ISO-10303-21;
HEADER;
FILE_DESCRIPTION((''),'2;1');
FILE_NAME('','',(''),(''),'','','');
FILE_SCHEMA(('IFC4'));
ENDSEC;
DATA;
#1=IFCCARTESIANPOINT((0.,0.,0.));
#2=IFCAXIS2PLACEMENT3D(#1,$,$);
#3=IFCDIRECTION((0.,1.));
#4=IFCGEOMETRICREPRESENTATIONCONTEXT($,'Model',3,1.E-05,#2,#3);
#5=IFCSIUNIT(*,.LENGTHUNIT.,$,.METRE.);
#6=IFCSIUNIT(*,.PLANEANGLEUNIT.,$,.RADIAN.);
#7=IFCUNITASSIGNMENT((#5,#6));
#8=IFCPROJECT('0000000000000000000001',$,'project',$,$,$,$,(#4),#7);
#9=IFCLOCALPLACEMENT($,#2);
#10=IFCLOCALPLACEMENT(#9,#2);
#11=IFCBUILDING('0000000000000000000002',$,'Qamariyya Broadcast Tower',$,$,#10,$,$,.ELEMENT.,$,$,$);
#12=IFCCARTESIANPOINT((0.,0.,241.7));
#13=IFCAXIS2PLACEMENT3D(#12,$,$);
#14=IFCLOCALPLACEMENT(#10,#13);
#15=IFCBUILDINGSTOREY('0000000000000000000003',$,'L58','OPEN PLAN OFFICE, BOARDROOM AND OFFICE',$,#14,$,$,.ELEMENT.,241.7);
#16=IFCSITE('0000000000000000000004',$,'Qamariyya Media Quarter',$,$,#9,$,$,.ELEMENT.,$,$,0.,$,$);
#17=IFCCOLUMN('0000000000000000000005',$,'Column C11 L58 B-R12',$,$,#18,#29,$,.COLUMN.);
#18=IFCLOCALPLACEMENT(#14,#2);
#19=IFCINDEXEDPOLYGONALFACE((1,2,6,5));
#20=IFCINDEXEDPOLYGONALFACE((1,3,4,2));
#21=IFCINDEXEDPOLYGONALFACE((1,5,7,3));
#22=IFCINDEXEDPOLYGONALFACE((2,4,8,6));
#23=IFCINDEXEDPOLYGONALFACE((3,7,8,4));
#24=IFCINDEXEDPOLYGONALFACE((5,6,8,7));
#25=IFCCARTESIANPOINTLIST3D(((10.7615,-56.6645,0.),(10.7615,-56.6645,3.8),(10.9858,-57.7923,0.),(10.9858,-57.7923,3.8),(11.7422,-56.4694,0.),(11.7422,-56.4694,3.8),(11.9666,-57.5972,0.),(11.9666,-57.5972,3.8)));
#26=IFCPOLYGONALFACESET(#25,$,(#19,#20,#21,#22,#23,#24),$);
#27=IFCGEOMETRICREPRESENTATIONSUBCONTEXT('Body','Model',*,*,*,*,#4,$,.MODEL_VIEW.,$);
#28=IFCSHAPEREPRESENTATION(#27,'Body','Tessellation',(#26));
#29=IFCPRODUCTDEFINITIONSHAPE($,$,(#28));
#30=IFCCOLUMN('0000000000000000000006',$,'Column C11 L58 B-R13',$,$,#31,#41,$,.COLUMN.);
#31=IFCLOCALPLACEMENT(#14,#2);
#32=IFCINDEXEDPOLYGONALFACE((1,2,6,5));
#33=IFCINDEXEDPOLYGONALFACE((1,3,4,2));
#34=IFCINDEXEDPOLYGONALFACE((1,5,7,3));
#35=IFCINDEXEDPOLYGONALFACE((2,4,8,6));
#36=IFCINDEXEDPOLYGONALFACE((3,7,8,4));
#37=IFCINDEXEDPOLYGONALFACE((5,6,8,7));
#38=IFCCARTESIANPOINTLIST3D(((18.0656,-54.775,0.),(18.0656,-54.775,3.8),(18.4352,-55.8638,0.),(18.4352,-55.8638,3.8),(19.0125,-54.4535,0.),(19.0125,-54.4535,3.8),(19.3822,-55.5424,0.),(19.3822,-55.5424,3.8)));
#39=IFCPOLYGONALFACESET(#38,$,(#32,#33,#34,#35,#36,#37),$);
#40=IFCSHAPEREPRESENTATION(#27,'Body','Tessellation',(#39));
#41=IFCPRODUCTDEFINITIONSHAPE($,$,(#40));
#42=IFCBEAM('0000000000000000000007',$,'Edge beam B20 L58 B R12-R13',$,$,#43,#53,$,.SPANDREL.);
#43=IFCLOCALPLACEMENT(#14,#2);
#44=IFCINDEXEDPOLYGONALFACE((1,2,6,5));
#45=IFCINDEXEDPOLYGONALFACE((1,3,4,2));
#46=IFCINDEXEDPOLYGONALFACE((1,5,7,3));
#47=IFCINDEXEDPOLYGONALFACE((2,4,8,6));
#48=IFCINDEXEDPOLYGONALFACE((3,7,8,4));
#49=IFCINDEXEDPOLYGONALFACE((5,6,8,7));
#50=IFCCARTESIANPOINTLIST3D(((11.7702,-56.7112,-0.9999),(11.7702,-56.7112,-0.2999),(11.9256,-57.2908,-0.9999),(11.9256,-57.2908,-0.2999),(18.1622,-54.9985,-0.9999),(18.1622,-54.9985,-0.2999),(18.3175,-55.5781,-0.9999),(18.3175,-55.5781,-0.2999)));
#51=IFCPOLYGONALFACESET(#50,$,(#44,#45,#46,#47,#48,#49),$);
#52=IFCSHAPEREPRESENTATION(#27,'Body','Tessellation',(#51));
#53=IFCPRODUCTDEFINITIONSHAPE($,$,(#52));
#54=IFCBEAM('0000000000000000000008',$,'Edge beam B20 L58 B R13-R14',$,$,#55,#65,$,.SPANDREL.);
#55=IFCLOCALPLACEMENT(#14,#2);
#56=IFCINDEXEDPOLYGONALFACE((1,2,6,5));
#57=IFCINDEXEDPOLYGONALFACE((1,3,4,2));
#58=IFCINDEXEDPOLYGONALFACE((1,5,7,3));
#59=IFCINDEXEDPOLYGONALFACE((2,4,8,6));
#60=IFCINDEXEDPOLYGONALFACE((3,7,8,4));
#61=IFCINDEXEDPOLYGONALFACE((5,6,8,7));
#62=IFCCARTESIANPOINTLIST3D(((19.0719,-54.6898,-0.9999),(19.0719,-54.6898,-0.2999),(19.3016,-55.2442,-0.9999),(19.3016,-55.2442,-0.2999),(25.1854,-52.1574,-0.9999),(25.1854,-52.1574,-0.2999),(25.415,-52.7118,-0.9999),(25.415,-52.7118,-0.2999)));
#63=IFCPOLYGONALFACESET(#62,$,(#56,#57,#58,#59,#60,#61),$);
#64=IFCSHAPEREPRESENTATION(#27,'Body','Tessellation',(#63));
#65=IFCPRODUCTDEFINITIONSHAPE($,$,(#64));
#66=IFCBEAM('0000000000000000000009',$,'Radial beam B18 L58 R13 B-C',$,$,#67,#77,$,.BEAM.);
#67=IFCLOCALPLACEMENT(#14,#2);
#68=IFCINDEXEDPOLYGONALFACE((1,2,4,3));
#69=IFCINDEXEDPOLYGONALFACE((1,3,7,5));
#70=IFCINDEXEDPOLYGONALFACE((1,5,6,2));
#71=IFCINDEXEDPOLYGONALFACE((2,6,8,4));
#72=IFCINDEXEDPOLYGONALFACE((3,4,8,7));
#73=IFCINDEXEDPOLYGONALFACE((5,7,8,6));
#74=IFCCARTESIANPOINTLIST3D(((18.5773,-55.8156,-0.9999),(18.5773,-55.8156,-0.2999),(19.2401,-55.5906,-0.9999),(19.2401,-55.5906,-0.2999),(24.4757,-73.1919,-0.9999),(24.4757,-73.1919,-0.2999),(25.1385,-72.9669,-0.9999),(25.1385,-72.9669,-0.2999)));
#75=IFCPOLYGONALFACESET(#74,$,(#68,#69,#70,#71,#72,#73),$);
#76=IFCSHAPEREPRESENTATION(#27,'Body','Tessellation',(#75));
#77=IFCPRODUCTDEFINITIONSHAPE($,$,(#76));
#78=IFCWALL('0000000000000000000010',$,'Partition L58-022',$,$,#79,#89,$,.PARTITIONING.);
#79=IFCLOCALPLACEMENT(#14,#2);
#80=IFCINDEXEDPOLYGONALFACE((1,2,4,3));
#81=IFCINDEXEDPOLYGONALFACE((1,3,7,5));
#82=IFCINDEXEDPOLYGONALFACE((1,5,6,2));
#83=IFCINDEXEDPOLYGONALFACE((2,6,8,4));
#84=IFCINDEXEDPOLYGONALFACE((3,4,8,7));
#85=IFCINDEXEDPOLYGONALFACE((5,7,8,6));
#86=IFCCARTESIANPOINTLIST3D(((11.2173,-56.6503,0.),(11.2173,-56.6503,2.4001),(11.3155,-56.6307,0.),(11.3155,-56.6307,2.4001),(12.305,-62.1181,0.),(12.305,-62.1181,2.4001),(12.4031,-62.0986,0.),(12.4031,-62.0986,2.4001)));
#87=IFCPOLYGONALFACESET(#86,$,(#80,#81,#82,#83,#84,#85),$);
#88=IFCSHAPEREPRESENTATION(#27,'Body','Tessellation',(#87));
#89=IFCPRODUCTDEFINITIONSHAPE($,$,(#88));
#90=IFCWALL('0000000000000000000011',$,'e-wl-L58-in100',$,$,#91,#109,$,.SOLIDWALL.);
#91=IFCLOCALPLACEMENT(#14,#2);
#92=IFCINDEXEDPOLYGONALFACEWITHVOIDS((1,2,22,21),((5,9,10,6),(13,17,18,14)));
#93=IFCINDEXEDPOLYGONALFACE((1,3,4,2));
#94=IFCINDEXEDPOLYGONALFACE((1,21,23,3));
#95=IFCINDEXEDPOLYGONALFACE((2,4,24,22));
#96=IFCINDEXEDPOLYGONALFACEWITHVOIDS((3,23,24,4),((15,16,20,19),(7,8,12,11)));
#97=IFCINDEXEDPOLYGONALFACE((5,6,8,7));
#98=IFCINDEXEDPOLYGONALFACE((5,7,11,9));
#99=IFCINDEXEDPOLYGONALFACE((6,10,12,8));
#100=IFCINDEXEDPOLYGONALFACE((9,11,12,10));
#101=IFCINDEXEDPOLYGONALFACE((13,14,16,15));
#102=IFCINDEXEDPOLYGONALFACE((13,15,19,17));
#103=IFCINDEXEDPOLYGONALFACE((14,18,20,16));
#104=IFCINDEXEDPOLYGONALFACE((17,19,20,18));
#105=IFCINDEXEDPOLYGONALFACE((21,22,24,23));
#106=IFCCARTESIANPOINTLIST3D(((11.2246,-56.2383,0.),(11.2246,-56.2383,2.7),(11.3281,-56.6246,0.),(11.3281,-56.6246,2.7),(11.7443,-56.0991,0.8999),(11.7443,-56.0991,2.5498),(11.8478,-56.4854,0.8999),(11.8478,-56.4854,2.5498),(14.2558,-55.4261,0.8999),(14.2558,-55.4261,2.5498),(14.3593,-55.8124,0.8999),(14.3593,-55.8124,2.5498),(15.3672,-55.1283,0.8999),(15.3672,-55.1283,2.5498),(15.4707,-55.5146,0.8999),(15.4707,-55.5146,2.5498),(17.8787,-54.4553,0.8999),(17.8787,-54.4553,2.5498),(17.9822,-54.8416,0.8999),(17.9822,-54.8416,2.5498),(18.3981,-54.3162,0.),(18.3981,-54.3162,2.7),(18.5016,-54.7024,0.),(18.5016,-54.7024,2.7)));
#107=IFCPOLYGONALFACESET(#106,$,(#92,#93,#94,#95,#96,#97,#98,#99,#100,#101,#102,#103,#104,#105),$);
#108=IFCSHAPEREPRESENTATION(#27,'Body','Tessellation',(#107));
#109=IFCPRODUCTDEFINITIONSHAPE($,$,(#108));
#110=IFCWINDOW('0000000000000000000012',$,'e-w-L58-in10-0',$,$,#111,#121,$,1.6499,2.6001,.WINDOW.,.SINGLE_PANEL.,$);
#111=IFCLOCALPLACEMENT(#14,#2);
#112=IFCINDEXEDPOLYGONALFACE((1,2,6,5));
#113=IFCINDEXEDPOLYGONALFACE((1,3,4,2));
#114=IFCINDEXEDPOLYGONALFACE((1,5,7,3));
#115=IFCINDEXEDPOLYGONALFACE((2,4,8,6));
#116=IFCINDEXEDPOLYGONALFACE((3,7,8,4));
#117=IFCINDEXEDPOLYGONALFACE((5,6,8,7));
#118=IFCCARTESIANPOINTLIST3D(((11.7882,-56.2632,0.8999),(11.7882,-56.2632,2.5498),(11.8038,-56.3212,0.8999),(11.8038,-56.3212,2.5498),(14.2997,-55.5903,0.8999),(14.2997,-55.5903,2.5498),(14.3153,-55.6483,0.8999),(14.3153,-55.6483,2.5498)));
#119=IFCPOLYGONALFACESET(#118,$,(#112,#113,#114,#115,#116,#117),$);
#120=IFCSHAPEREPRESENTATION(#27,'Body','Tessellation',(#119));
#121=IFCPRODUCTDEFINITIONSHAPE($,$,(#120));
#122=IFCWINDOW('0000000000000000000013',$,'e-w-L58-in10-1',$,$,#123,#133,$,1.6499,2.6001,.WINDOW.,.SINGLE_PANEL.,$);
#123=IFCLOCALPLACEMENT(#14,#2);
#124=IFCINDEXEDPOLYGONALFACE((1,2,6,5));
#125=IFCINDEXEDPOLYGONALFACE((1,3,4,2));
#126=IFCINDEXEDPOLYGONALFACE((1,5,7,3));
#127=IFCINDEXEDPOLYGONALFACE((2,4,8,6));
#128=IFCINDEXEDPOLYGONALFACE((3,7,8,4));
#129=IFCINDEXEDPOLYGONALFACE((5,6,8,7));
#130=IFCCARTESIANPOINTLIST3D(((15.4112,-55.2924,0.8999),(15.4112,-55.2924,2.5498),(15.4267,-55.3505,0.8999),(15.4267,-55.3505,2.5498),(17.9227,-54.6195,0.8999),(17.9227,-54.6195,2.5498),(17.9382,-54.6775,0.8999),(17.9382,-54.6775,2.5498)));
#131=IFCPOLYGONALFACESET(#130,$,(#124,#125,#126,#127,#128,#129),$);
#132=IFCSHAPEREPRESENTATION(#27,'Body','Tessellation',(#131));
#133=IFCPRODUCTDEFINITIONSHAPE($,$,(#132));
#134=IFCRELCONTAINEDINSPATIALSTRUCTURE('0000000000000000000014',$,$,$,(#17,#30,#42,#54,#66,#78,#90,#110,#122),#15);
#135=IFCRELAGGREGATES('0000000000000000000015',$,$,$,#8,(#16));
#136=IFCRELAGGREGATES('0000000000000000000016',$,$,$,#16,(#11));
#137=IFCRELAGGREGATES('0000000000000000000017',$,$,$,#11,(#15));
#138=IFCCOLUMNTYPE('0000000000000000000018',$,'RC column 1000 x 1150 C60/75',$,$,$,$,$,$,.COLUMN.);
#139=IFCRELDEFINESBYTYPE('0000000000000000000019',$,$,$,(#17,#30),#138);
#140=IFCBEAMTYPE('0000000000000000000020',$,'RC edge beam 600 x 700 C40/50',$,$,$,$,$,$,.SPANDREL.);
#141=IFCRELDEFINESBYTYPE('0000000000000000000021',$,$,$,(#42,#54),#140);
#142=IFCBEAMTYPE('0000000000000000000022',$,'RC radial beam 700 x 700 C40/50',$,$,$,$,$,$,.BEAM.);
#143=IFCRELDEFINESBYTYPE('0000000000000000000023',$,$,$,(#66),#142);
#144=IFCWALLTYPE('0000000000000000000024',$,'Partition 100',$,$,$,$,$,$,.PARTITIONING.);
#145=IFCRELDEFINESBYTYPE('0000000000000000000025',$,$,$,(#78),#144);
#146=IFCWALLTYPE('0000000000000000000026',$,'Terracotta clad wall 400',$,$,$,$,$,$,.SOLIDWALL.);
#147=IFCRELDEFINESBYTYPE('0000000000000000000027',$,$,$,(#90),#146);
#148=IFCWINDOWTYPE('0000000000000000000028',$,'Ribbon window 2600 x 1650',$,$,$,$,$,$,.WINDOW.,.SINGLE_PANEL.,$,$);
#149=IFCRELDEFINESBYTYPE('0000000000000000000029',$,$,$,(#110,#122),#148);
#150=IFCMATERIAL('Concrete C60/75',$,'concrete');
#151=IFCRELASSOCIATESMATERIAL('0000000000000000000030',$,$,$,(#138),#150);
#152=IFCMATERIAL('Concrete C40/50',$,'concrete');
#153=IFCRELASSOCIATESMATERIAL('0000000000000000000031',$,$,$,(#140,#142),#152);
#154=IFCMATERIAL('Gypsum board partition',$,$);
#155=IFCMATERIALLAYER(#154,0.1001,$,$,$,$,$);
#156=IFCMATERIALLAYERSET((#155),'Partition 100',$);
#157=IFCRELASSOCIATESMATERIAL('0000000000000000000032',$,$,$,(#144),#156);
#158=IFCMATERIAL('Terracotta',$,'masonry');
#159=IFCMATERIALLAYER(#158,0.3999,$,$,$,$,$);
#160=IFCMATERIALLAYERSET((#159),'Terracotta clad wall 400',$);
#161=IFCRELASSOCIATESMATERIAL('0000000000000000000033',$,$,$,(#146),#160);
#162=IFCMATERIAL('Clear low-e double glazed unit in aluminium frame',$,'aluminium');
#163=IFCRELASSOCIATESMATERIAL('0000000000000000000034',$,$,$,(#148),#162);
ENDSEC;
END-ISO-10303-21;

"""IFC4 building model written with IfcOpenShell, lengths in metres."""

from ifc_helpers import new_model, si_unit, direction, frame, frame_2d, origin, origin_2d, place, context, subcontext, project, spatial, rectangle, extrude, material, layer, layer_set, material_profile, profile_set, type_object, element, fill, save


model = new_model("IFC4")

# Units and contexts
model_context = context("Model", 3, precision=1e-05, world=origin(), true_north=direction((0.0, 1.0)))
body_context = subcontext(model_context, "Body", "Model", "MODEL_VIEW")
ifc_project = project(units=[si_unit("LENGTHUNIT", "METRE"), si_unit("PLANEANGLEUNIT", "RADIAN")], contexts=[model_context])

# Site, building, storey
site_placement = place(None, origin())
site = spatial("IfcSite", under=ifc_project, at=site_placement, Name="Qamariyya Media Quarter", CompositionType="ELEMENT", RefElevation=0.0)
building_placement = place(site_placement, origin())
building = spatial("IfcBuilding", under=site, at=building_placement, Name="Qamariyya Broadcast Tower", CompositionType="ELEMENT")
storey_placement = place(building_placement, frame((0.0, 0.0, 241.7)))
storey = spatial("IfcBuildingStorey", under=building, at=storey_placement, Name="L58", Description="OPEN PLAN OFFICE, BOARDROOM AND OFFICE", CompositionType="ELEMENT", Elevation=241.7)

# Columns
ifc_material_1 = material(Name="Concrete C60/75", Category="concrete")
ifc_material_profile_1 = material_profile(ifc_material_1, rectangle(XDim=1.0, YDim=1.1499, at=origin_2d()))
ifc_profile_set_1 = profile_set([ifc_material_profile_1], Name="Concrete C60/75")
column_type = type_object("IfcColumnType", Name="RC column 1000 x 1150 C60/75", PredefinedType="COLUMN", material=ifc_profile_set_1)
for number, where, z_axis, x_axis, name in (
    (1, (11.364, -57.1309, 0.0), (0.0, 0.0, 1.0), (0.980785, 0.19509, 0.0), "Column C11 L58 B-R12"),
    (2, (18.7239, -55.1587, 0.0), (0.0, 0.0, 1.0), (0.94693, 0.321439, 0.0), "Column C11 L58 B-R13"),
):
    element("IfcColumn", number, at=place(storey_placement, frame(where, z_axis=z_axis, x_axis=x_axis)), inside=storey, type_object=column_type, Name=name, PredefinedType="COLUMN", context=body_context, shape_type="SweptSolid", body=[
        extrude(rectangle(XDim=1.0, YDim=1.1499, at=origin_2d()), origin(), (0.0, 0.0, 1.0), 3.8),
    ])

# Beams
ifc_material_2 = material(Name="Concrete C40/50", Category="concrete")
ifc_material_profile_2 = material_profile(ifc_material_2, rectangle(XDim=0.6001, YDim=0.7, at=origin_2d()))
ifc_profile_set_2 = profile_set([ifc_material_profile_2], Name="Concrete C40/50")
beam_type_1 = type_object("IfcBeamType", Name="RC edge beam 600 x 700 C40/50", PredefinedType="SPANDREL", material=ifc_profile_set_2)
beam_1_placement = place(storey_placement, frame((11.8479, -57.001, -0.6499), z_axis=(0.965927, 0.258813, 0.0), x_axis=(-0.258813, 0.965927, 0.0)))
element("IfcBeam", 3, at=beam_1_placement, inside=storey, type_object=beam_type_1, Name="Edge beam B20 L58 B R12-R13", PredefinedType="SPANDREL", context=body_context, shape_type="SweptSolid", body=[
    extrude(rectangle(XDim=0.6001, YDim=0.7, at=origin_2d()), origin(), (0.0, 0.0, 1.0), 6.6174),
])
beam_2_placement = place(storey_placement, frame((19.1868, -54.967, -0.6499), z_axis=(0.923871, 0.382705, 0.0), x_axis=(-0.382705, 0.923871, 0.0)))
element("IfcBeam", 4, at=beam_2_placement, inside=storey, type_object=beam_type_1, Name="Edge beam B20 L58 B R13-R14", PredefinedType="SPANDREL", context=body_context, shape_type="SweptSolid", body=[
    extrude(rectangle(XDim=0.6001, YDim=0.7, at=origin_2d()), origin(), (0.0, 0.0, 1.0), 6.6172),
])
ifc_material_profile_3 = material_profile(ifc_material_2, rectangle(XDim=0.7, YDim=0.7, at=origin_2d()))
ifc_profile_set_3 = profile_set([ifc_material_profile_3], Name="Concrete C40/50")
beam_type_2 = type_object("IfcBeamType", Name="RC radial beam 700 x 700 C40/50", PredefinedType="BEAM", material=ifc_profile_set_3)
beam_3_placement = place(storey_placement, frame((18.9087, -55.7031, -0.6499), z_axis=(0.32144, -0.94693, 0.0), x_axis=(0.94693, 0.32144, 0.0)))
element("IfcBeam", 5, at=beam_3_placement, inside=storey, type_object=beam_type_2, Name="Radial beam B18 L58 R13 B-C", PredefinedType="BEAM", context=body_context, shape_type="SweptSolid", body=[
    extrude(rectangle(XDim=0.7, YDim=0.7, at=origin_2d()), origin(), (0.0, 0.0, 1.0), 18.3501),
])

# Wall
ifc_material_3 = material(Name="Gypsum board partition")
ifc_layer_1 = layer(ifc_material_3, 0.1001)
ifc_layer_set_1 = layer_set([ifc_layer_1], Name="Partition 100")
wall_type_1 = type_object("IfcWallType", Name="Partition 100", PredefinedType="PARTITIONING", material=ifc_layer_set_1)
wall_1_placement = place(storey_placement, frame((11.2664, -56.6404, 0.0), z_axis=(0.0, 0.0, 1.0), x_axis=(0.195097, -0.980784, 0.0)))
element("IfcWall", 6, at=wall_1_placement, inside=storey, type_object=wall_type_1, Name="Partition L58-022", PredefinedType="PARTITIONING", context=body_context, shape_type="SweptSolid", body=[
    extrude(rectangle(XDim=5.575, YDim=0.1001, at=frame_2d((2.7876, 0.0))), origin(), (0.0, 0.0, 1.0), 2.4001),
])

# Wall, openings, windows
ifc_material_4 = material(Name="Terracotta", Category="masonry")
ifc_layer_2 = layer(ifc_material_4, 0.3999)
ifc_layer_set_2 = layer_set([ifc_layer_2], Name="Terracotta clad wall 400")
wall_type_2 = type_object("IfcWallType", Name="Terracotta clad wall 400", PredefinedType="SOLIDWALL", material=ifc_layer_set_2)
wall_2_placement = place(storey_placement, frame((18.45, -54.5093, 0.0), z_axis=(0.0, 0.0, 1.0), x_axis=(-0.965925, -0.258823, 0.0)))
wall_2 = element("IfcWall", 7, at=wall_2_placement, inside=storey, type_object=wall_type_2, Name="e-wl-L58-in100", PredefinedType="SOLIDWALL", context=body_context, shape_type="SweptSolid", body=[
    extrude(rectangle(XDim=7.4265, YDim=0.3999, at=frame_2d((3.7134, 0.0))), origin(), (0.0, 0.0, 1.0), 2.7),
])
opening_1_placement = place(wall_2_placement, frame((4.2886, 0.0, 0.8999)))
opening_1 = element("IfcOpeningElement", 8, at=opening_1_placement, cuts=wall_2, PredefinedType="OPENING", context=body_context, shape_type="SweptSolid", body=[
    extrude(rectangle(XDim=2.6001, YDim=1.6499, at=frame_2d((1.3, 0.825))), frame((0.0, 0.21, 0.0), z_axis=(0.0, -1.0, 0.0), x_axis=(1.0, 0.0, 0.0)), (0.0, 0.0, 1.0), 0.4199),
])
opening_2_placement = place(wall_2_placement, frame((0.5378, 0.0, 0.8999)))
opening_2 = element("IfcOpeningElement", 9, at=opening_2_placement, cuts=wall_2, PredefinedType="OPENING", context=body_context, shape_type="SweptSolid", body=[
    extrude(rectangle(XDim=2.6001, YDim=1.6499, at=frame_2d((1.3, 0.825))), frame((0.0, 0.21, 0.0), z_axis=(0.0, -1.0, 0.0), x_axis=(1.0, 0.0, 0.0)), (0.0, 0.0, 1.0), 0.4199),
])
ifc_material_5 = material(Name="Clear low-e double glazed unit in aluminium frame", Category="aluminium")
window_type = type_object("IfcWindowType", Name="Ribbon window 2600 x 1650", PartitioningType="SINGLE_PANEL", PredefinedType="WINDOW", material=ifc_material_5)
window_1_placement = place(opening_1_placement, origin())
window_1 = element("IfcWindow", 10, at=window_1_placement, inside=storey, type_object=window_type, Name="e-w-L58-in10-0", OverallHeight=1.6499, OverallWidth=2.6001, PartitioningType="SINGLE_PANEL", PredefinedType="WINDOW", context=body_context, shape_type="SweptSolid", body=[
    extrude(rectangle(XDim=2.6001, YDim=1.6499, at=frame_2d((1.3, 0.825))), frame((0.0, 0.03, 0.0), z_axis=(0.0, -1.0, 0.0), x_axis=(1.0, 0.0, 0.0)), (0.0, 0.0, 1.0), 0.0601),
])
fill(opening_1, window_1)
window_2_placement = place(opening_2_placement, origin())
window_2 = element("IfcWindow", 11, at=window_2_placement, inside=storey, type_object=window_type, Name="e-w-L58-in10-1", OverallHeight=1.6499, OverallWidth=2.6001, PartitioningType="SINGLE_PANEL", PredefinedType="WINDOW", context=body_context, shape_type="SweptSolid", body=[
    extrude(rectangle(XDim=2.6001, YDim=1.6499, at=frame_2d((1.3, 0.825))), frame((0.0, 0.03, 0.0), z_axis=(0.0, -1.0, 0.0), x_axis=(1.0, 0.0, 0.0)), (0.0, 0.0, 1.0), 0.0601),
])
fill(opening_2, window_2)

save(model, "model.ifc")
